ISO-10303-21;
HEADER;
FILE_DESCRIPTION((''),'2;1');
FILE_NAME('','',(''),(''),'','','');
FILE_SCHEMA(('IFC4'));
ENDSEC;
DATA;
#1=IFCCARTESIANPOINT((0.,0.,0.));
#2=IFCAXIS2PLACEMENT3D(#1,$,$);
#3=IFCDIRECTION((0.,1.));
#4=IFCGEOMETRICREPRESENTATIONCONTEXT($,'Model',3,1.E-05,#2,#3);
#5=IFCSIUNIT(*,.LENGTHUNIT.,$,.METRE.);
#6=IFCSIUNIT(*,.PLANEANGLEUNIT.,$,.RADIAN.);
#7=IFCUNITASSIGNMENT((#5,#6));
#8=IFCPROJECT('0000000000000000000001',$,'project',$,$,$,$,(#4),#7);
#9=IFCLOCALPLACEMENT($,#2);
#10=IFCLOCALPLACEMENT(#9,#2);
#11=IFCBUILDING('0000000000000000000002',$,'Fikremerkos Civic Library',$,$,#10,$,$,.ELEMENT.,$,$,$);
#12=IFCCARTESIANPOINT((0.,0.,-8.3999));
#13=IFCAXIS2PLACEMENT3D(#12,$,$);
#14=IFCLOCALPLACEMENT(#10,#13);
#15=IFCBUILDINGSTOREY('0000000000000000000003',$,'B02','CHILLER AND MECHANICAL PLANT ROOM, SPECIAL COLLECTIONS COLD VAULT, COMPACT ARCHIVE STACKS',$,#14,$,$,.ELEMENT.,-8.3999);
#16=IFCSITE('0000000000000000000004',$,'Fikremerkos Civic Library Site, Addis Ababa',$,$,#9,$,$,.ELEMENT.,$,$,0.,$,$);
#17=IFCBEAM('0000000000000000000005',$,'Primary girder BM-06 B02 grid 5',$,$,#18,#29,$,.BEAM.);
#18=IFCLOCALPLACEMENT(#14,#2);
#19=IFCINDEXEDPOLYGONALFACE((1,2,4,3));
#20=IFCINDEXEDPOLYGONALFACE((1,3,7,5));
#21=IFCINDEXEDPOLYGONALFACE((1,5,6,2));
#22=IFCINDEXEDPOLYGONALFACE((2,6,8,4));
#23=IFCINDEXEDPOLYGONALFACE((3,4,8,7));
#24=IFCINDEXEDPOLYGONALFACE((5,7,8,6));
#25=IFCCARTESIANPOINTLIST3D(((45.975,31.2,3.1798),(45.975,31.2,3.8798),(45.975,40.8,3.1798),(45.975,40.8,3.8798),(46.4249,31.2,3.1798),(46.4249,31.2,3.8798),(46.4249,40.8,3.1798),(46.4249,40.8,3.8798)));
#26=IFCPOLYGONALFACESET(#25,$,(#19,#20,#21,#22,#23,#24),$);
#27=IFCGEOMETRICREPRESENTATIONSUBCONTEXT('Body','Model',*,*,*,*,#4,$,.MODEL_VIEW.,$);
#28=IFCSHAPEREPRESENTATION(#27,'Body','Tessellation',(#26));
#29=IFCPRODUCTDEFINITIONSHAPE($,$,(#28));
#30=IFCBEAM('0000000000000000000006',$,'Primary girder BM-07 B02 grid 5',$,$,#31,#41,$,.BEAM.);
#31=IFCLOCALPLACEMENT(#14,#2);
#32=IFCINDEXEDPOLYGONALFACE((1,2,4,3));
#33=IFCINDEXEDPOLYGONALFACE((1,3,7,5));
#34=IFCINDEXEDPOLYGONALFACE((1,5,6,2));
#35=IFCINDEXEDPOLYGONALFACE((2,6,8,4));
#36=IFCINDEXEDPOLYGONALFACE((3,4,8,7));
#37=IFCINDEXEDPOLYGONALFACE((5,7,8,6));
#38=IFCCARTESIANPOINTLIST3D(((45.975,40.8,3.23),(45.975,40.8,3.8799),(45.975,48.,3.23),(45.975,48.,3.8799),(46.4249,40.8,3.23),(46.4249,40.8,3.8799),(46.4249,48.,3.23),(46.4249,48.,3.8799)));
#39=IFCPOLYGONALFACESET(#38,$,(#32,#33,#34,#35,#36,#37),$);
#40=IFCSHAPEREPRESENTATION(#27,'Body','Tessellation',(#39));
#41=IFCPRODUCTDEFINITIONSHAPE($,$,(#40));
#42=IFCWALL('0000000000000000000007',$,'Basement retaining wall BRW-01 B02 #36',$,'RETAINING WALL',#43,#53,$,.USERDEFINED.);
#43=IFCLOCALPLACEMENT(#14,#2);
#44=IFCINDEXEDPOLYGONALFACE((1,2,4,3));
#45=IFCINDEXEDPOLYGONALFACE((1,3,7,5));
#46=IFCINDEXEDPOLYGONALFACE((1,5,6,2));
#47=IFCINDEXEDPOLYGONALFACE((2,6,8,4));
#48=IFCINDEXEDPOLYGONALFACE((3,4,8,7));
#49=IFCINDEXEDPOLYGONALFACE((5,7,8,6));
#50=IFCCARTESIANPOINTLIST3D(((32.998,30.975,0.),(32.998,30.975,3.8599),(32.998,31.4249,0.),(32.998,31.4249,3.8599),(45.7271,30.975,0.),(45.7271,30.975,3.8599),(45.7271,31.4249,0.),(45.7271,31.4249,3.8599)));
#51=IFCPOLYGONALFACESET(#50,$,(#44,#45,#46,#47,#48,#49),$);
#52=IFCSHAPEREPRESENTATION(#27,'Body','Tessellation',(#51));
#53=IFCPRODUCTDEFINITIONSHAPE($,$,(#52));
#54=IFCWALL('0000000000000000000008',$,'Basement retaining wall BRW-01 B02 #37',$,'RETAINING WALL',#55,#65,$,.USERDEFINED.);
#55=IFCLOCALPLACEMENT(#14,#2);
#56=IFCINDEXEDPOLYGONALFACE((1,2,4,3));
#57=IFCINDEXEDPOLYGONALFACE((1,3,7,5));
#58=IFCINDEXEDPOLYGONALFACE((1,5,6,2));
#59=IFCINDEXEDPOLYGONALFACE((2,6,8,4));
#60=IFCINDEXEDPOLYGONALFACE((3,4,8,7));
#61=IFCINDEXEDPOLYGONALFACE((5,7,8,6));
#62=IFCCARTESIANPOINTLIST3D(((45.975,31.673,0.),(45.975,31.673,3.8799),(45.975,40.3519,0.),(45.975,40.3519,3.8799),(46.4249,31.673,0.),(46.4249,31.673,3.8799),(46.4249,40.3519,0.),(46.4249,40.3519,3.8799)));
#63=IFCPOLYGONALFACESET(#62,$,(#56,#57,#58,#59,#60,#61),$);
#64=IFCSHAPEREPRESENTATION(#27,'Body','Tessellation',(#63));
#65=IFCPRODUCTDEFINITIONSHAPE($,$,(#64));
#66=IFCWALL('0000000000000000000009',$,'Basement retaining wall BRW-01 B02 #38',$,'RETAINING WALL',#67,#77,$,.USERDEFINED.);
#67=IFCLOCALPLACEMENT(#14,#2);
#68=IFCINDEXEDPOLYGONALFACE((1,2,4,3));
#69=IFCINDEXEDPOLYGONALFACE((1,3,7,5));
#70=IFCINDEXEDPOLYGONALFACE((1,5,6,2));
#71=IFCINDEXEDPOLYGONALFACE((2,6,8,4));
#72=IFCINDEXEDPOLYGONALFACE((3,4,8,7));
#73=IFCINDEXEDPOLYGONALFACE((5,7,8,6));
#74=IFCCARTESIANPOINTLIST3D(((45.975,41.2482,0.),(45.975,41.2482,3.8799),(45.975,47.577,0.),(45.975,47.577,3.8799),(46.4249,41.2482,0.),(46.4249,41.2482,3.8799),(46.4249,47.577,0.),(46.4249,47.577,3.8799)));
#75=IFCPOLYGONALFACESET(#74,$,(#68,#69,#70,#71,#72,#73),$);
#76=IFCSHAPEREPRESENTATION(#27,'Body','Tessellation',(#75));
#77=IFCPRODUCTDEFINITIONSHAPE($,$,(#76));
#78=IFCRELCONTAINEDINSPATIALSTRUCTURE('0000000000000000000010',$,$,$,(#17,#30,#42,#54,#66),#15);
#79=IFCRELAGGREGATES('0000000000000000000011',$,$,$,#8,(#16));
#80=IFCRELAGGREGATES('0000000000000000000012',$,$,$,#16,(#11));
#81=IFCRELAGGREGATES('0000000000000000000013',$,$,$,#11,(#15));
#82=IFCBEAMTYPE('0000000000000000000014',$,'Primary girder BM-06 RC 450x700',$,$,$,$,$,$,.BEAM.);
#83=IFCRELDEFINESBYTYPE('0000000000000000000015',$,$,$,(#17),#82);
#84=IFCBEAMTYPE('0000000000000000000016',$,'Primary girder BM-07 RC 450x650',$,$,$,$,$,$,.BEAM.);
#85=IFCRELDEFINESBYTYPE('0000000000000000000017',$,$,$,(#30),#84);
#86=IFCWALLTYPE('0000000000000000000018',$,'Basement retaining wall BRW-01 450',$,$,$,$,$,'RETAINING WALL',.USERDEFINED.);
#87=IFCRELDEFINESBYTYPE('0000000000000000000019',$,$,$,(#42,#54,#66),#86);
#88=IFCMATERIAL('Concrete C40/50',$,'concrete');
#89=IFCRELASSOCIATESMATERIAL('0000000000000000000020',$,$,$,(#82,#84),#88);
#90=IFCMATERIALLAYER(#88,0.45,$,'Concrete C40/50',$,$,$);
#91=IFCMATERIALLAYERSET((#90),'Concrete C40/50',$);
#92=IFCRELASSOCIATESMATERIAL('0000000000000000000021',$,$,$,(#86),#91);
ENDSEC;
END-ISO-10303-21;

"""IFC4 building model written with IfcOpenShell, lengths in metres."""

from ifc_helpers import new_model, si_unit, direction, frame, frame_2d, origin, origin_2d, place, context, subcontext, project, spatial, rectangle, extrude, material, layer, layer_set, material_profile, profile_set, type_object, element, save


model = new_model("IFC4")

# Units and contexts
model_context = context("Model", 3, precision=1e-05, world=origin(), true_north=direction((0.0, 1.0)))
body_context = subcontext(model_context, "Body", "Model", "MODEL_VIEW")
ifc_project = project(units=[si_unit("LENGTHUNIT", "METRE"), si_unit("PLANEANGLEUNIT", "RADIAN")], contexts=[model_context])

# Site, building, storey
site_placement = place(None, origin())
site = spatial("IfcSite", under=ifc_project, at=site_placement, Name="Fikremerkos Civic Library Site, Addis Ababa", CompositionType="ELEMENT", RefElevation=0.0)
building_placement = place(site_placement, origin())
building = spatial("IfcBuilding", under=site, at=building_placement, Name="Fikremerkos Civic Library", CompositionType="ELEMENT")
storey_placement = place(building_placement, frame((0.0, 0.0, -8.3999)))
storey = spatial("IfcBuildingStorey", under=building, at=storey_placement, Name="B02", Description="CHILLER AND MECHANICAL PLANT ROOM, SPECIAL COLLECTIONS COLD VAULT, COMPACT ARCHIVE STACKS", CompositionType="ELEMENT", Elevation=-8.3999)

# Shared definitions
ifc_material_1 = material(Name="Concrete C40/50", Category="concrete")

# Beams
ifc_material_profile_1 = material_profile(ifc_material_1, rectangle(XDim=0.45, YDim=0.7, at=origin_2d()), Name="RC 450x700")
ifc_profile_set_1 = profile_set([ifc_material_profile_1], Name="Concrete C40/50")
beam_type_1 = type_object("IfcBeamType", Name="Primary girder BM-06 RC 450x700", PredefinedType="BEAM", material=ifc_profile_set_1)
beam_1_placement = place(storey_placement, frame((46.2, 31.2, 3.5298), z_axis=(0.0, 1.0, 0.0), x_axis=(-1.0, 0.0, 0.0)))
element("IfcBeam", 1, at=beam_1_placement, inside=storey, type_object=beam_type_1, Name="Primary girder BM-06 B02 grid 5", PredefinedType="BEAM", context=body_context, shape_type="SweptSolid", body=[
    extrude(rectangle(XDim=0.45, YDim=0.7, at=origin_2d()), origin(), (0.0, 0.0, 1.0), 9.6001),
])
ifc_material_profile_2 = material_profile(ifc_material_1, rectangle(XDim=0.45, YDim=0.6499, at=origin_2d()), Name="RC 450x650")
ifc_profile_set_2 = profile_set([ifc_material_profile_2], Name="Concrete C40/50")
beam_type_2 = type_object("IfcBeamType", Name="Primary girder BM-07 RC 450x650", PredefinedType="BEAM", material=ifc_profile_set_2)
beam_2_placement = place(storey_placement, frame((46.2, 40.8, 3.5549), z_axis=(0.0, 1.0, 0.0), x_axis=(-1.0, 0.0, 0.0)))
element("IfcBeam", 2, at=beam_2_placement, inside=storey, type_object=beam_type_2, Name="Primary girder BM-07 B02 grid 5", PredefinedType="BEAM", context=body_context, shape_type="SweptSolid", body=[
    extrude(rectangle(XDim=0.45, YDim=0.6499, at=origin_2d()), origin(), (0.0, 0.0, 1.0), 7.2),
])

# Walls
ifc_layer = layer(ifc_material_1, 0.45, Name="Concrete C40/50")
ifc_layer_set = layer_set([ifc_layer], Name="Concrete C40/50")
wall_type = type_object("IfcWallType", Name="Basement retaining wall BRW-01 450", ElementType="RETAINING WALL", PredefinedType="USERDEFINED", material=ifc_layer_set)
wall_1_placement = place(storey_placement, frame((32.998, 31.2, 0.0), z_axis=(0.0, 0.0, 1.0), x_axis=(1.0, 0.0, 0.0)))
element("IfcWall", 3, at=wall_1_placement, inside=storey, type_object=wall_type, Name="Basement retaining wall BRW-01 B02 #36", ObjectType="RETAINING WALL", PredefinedType="USERDEFINED", context=body_context, shape_type="SweptSolid", body=[
    extrude(rectangle(XDim=12.729, YDim=0.45, at=frame_2d((6.3645, 0.0))), origin(), (0.0, 0.0, 1.0), 3.8599),
])
wall_2_placement = place(storey_placement, frame((46.2, 31.6731, 0.0), z_axis=(0.0, 0.0, 1.0), x_axis=(0.0, 1.0, 0.0)))
element("IfcWall", 4, at=wall_2_placement, inside=storey, type_object=wall_type, Name="Basement retaining wall BRW-01 B02 #37", ObjectType="RETAINING WALL", PredefinedType="USERDEFINED", context=body_context, shape_type="SweptSolid", body=[
    extrude(rectangle(XDim=8.679, YDim=0.45, at=frame_2d((4.3394, 0.0))), origin(), (0.0, 0.0, 1.0), 3.8799),
])
wall_3_placement = place(storey_placement, frame((46.2, 41.248, 0.0), z_axis=(0.0, 0.0, 1.0), x_axis=(0.0, 1.0, 0.0)))
element("IfcWall", 5, at=wall_3_placement, inside=storey, type_object=wall_type, Name="Basement retaining wall BRW-01 B02 #38", ObjectType="RETAINING WALL", PredefinedType="USERDEFINED", context=body_context, shape_type="SweptSolid", body=[
    extrude(rectangle(XDim=6.3289, YDim=0.45, at=frame_2d((3.1646, 0.0))), origin(), (0.0, 0.0, 1.0), 3.8799),
])

save(model, "model.ifc")
